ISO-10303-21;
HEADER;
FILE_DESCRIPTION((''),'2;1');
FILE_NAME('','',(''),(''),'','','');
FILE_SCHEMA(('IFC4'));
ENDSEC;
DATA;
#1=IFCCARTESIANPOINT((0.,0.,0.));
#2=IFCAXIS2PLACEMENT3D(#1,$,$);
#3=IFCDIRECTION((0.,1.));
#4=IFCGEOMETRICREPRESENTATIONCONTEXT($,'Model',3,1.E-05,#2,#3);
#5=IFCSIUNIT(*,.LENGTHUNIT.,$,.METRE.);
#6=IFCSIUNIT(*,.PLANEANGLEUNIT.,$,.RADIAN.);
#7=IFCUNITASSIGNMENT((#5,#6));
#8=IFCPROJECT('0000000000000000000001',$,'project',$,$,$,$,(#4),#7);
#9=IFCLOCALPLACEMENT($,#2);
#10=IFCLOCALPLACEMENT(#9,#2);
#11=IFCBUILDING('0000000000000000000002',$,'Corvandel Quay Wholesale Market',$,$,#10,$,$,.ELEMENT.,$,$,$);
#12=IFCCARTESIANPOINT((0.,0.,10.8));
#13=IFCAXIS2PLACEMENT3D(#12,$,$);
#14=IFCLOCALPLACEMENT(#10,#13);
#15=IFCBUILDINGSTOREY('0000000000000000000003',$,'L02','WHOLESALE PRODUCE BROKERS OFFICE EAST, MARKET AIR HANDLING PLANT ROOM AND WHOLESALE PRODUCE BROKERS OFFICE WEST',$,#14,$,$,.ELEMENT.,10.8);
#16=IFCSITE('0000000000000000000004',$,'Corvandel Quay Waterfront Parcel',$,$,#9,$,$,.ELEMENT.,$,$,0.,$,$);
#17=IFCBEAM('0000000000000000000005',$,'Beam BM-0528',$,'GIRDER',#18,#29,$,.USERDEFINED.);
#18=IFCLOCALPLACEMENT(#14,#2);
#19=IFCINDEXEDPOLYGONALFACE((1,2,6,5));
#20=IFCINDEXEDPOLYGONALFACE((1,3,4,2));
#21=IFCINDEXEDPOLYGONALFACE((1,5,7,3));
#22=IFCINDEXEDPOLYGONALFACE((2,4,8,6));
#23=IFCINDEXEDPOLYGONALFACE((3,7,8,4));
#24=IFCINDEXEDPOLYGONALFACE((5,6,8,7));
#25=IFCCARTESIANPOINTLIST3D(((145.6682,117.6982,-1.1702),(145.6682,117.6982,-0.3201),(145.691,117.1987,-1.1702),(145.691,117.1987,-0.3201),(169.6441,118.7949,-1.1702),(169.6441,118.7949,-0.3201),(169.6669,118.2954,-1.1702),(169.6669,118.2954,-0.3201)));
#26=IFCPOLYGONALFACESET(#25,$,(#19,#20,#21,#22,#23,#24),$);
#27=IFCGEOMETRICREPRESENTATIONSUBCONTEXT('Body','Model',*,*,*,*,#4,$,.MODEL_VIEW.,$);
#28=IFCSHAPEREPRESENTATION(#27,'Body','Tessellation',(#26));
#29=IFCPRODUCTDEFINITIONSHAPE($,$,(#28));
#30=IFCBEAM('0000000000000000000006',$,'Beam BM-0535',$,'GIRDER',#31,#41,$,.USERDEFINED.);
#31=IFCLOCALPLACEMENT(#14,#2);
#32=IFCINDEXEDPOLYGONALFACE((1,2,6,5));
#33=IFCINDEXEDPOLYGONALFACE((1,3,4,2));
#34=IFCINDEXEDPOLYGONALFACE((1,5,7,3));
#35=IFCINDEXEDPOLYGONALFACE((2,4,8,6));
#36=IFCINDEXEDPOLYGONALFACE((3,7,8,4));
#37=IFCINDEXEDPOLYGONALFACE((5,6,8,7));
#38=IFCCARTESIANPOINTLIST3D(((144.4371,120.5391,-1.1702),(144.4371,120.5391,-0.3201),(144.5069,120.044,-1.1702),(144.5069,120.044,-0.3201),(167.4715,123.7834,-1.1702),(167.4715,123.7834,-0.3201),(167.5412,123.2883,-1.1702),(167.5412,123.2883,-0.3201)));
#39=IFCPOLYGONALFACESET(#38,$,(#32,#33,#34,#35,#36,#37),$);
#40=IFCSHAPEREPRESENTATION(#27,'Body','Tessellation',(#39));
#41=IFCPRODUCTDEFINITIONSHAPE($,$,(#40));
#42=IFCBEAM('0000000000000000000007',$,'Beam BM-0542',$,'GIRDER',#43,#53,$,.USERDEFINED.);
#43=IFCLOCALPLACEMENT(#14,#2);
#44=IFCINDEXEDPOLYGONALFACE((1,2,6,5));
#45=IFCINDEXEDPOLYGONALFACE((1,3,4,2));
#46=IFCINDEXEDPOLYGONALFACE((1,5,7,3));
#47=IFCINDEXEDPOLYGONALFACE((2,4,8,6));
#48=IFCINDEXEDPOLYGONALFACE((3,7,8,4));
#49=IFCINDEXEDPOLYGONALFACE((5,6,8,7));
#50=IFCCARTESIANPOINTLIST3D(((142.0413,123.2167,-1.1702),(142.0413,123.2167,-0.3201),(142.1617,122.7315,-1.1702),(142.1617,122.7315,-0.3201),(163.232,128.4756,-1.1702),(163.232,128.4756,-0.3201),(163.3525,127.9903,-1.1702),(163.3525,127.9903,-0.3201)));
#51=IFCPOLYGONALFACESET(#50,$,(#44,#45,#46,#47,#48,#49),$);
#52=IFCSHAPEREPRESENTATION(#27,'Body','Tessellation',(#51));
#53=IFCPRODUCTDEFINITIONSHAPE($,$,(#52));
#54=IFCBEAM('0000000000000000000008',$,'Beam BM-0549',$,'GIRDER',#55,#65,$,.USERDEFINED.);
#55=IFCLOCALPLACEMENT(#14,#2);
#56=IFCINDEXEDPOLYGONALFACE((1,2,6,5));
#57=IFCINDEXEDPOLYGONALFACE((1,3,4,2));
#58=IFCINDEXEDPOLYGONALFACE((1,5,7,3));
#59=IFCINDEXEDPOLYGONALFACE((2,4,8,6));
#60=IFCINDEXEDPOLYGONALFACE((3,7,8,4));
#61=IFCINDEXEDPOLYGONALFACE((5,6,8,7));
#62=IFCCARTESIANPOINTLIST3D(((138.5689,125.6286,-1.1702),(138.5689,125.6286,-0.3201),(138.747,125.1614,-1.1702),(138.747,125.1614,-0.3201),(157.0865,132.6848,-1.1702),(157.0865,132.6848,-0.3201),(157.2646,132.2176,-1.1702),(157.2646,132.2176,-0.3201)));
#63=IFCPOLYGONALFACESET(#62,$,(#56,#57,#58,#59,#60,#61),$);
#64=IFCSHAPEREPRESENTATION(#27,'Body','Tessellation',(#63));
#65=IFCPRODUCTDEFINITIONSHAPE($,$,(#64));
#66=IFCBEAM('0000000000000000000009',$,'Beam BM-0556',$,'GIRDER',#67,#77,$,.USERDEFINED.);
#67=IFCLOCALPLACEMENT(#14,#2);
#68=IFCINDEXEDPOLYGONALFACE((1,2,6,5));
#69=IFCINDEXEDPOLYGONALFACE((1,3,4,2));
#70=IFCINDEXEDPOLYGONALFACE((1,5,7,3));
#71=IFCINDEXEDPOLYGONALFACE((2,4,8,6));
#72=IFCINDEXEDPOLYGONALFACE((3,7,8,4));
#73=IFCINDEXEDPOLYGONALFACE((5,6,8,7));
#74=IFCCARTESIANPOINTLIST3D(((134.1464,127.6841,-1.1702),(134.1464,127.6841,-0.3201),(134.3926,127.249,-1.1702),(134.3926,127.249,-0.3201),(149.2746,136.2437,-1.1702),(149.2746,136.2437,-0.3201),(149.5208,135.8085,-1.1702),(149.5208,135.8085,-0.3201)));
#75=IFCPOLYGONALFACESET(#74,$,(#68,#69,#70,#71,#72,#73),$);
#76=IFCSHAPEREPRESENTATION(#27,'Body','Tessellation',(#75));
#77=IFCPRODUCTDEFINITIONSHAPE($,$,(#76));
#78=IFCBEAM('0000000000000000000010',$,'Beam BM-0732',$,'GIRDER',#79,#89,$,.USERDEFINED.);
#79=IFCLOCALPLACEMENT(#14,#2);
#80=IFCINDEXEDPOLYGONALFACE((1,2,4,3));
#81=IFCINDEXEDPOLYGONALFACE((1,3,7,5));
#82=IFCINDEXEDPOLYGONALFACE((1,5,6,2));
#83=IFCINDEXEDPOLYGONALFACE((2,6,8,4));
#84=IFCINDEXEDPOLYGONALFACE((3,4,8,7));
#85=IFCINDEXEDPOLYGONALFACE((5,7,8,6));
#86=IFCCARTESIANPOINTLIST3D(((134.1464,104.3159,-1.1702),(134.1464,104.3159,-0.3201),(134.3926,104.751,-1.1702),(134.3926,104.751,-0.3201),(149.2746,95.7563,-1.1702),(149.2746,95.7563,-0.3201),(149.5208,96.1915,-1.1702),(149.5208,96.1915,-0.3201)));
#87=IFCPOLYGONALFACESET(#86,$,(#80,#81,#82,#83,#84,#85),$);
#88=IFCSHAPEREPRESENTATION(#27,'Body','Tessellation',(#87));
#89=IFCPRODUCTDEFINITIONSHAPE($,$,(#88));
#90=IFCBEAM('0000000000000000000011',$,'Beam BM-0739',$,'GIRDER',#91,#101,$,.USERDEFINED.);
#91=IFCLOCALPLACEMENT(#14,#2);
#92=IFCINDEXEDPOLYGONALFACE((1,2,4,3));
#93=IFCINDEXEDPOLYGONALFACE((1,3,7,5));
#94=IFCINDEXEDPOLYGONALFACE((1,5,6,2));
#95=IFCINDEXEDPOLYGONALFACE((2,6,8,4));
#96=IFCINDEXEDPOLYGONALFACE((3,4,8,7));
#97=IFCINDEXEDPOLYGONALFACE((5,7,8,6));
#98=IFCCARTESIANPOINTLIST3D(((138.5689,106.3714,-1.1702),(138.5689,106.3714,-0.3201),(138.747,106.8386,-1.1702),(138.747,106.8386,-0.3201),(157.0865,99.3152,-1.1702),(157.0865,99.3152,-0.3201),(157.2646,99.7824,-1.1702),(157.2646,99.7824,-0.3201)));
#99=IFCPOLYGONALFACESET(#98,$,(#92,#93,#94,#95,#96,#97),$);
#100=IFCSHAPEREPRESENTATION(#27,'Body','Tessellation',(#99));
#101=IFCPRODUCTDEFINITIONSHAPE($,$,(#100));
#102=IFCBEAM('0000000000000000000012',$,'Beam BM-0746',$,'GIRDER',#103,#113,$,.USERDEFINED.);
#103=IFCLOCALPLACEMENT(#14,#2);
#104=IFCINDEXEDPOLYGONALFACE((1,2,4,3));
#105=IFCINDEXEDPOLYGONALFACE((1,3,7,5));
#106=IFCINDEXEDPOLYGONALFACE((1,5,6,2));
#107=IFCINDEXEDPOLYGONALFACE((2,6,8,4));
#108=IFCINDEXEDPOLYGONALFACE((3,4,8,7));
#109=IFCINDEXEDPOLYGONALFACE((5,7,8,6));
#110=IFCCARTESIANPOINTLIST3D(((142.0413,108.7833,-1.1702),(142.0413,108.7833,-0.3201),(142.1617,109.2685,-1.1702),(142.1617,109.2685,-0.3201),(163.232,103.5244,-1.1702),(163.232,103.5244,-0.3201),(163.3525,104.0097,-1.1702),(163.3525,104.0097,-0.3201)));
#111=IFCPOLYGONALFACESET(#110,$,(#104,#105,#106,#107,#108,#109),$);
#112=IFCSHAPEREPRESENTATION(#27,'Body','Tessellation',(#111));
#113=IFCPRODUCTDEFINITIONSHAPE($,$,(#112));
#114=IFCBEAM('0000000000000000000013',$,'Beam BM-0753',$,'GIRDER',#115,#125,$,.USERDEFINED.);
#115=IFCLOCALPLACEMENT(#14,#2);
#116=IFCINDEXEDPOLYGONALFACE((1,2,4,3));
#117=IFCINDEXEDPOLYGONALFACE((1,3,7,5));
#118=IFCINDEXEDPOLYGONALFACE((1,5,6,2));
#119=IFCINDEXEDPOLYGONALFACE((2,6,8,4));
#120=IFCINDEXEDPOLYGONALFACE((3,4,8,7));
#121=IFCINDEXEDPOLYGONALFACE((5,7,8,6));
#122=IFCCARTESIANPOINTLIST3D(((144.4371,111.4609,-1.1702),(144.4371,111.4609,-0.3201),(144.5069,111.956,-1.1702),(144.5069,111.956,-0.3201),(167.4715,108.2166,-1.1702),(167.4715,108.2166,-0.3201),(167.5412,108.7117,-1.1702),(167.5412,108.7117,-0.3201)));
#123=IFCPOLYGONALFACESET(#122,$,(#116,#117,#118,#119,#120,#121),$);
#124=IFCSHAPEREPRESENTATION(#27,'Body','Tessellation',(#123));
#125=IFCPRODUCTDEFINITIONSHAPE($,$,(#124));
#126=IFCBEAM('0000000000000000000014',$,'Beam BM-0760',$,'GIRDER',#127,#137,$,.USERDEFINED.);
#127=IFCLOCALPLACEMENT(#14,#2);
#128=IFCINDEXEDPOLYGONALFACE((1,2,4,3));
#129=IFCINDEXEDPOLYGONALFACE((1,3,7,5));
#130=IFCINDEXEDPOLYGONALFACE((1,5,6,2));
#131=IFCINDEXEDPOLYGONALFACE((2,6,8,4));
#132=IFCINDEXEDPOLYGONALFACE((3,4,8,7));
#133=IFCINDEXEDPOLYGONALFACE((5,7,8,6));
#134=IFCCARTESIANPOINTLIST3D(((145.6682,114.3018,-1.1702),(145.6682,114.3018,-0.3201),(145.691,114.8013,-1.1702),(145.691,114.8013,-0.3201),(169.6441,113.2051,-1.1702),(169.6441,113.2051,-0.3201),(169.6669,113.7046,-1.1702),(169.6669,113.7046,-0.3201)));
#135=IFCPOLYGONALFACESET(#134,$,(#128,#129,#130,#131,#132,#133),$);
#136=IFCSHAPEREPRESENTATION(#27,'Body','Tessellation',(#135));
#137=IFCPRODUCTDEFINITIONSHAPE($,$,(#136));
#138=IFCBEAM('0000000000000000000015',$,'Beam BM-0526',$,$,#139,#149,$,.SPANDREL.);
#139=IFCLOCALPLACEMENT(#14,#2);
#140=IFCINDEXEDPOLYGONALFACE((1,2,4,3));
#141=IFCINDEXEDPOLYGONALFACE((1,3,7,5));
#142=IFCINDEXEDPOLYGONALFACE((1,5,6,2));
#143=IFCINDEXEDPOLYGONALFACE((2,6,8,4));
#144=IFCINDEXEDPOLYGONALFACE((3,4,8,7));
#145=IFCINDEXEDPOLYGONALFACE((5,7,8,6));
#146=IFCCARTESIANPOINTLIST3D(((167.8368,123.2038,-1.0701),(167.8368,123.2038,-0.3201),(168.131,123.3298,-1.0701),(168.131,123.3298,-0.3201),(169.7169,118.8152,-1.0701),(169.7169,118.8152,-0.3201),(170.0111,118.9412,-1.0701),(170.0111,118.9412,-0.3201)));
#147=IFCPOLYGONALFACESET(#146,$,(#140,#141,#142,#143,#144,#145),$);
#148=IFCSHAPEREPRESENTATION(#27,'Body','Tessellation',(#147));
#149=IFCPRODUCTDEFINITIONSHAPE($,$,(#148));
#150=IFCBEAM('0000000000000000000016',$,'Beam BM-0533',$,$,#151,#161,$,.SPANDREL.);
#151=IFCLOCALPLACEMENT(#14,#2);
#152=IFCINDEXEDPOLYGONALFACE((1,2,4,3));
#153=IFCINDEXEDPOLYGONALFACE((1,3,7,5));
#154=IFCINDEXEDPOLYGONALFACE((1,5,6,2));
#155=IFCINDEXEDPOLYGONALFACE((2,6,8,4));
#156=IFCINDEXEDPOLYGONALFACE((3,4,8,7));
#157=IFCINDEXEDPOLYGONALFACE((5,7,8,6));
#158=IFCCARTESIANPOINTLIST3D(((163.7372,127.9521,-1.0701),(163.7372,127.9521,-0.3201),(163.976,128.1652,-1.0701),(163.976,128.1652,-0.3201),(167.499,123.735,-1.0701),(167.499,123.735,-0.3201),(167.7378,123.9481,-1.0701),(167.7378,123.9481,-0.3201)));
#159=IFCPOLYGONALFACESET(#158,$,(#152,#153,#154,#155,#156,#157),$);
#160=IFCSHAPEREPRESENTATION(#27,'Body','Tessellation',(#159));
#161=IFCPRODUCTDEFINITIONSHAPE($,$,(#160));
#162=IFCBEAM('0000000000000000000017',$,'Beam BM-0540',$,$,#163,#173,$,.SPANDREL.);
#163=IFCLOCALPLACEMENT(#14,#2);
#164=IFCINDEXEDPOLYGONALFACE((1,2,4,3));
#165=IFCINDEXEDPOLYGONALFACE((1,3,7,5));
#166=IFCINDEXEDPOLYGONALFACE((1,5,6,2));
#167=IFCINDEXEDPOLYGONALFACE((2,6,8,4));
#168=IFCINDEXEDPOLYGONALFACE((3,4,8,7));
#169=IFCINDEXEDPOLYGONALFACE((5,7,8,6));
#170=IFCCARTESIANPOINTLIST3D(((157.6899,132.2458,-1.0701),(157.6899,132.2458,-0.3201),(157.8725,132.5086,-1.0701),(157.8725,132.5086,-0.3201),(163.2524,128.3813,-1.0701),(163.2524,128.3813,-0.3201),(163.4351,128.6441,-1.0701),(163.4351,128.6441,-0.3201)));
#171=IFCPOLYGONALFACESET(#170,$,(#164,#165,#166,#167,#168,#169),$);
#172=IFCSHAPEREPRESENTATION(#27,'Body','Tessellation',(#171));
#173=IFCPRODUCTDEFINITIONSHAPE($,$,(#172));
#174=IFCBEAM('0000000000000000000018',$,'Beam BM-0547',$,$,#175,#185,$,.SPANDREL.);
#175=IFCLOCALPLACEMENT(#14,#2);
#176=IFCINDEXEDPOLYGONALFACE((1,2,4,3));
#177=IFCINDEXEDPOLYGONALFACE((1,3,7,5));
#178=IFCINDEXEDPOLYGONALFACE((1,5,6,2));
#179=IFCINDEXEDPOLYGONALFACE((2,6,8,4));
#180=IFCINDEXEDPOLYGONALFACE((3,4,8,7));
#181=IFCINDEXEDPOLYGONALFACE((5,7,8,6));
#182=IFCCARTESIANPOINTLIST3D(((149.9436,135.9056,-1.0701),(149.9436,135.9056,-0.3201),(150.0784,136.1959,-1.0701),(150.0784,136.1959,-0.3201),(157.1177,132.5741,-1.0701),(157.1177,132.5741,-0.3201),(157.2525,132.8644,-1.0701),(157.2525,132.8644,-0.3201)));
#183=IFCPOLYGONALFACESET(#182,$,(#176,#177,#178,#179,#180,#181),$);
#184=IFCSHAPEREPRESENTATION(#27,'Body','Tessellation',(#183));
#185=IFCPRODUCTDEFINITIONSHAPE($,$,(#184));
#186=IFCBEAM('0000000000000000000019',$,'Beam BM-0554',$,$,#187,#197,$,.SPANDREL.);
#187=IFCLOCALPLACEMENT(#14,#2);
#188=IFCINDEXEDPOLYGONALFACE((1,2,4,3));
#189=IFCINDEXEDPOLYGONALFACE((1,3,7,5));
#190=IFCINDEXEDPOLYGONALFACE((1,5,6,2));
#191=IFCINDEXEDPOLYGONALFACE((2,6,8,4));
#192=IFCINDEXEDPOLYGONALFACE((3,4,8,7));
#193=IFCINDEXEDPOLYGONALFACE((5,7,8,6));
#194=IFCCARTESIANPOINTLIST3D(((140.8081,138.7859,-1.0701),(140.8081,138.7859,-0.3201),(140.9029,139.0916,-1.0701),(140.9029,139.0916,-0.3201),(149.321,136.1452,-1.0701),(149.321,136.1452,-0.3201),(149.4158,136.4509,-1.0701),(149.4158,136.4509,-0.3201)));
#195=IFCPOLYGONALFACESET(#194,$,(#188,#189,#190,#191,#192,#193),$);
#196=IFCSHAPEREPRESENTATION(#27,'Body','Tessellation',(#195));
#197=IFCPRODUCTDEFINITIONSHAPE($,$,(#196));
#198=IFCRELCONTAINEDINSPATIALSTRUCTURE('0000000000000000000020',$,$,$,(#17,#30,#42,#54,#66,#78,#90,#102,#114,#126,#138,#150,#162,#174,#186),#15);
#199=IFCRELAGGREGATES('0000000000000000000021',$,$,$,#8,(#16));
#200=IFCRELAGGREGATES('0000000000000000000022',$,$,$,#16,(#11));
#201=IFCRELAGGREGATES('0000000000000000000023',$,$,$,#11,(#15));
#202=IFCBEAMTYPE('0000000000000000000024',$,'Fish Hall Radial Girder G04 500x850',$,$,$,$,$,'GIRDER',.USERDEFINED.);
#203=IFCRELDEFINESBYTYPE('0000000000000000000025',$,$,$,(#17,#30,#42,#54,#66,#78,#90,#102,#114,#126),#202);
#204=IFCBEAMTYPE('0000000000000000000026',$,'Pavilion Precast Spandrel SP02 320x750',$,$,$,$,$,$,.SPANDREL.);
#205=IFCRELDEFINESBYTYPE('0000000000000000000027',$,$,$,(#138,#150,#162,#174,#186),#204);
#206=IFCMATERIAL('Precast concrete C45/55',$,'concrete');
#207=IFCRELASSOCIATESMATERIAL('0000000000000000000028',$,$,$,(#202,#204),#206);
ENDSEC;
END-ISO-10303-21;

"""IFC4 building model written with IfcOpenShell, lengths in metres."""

from ifc_helpers import new_model, si_unit, direction, frame, origin, origin_2d, place, context, subcontext, project, spatial, rectangle, extrude, material, material_profile, profile_set, type_object, element, save


model = new_model("IFC4")

# Units and contexts
model_context = context("Model", 3, precision=1e-05, world=origin(), true_north=direction((0.0, 1.0)))
body_context = subcontext(model_context, "Body", "Model", "MODEL_VIEW")
ifc_project = project(units=[si_unit("LENGTHUNIT", "METRE"), si_unit("PLANEANGLEUNIT", "RADIAN")], contexts=[model_context])

# Site, building, storey
site_placement = place(None, origin())
site = spatial("IfcSite", under=ifc_project, at=site_placement, Name="Corvandel Quay Waterfront Parcel", CompositionType="ELEMENT", RefElevation=0.0)
building_placement = place(site_placement, origin())
building = spatial("IfcBuilding", under=site, at=building_placement, Name="Corvandel Quay Wholesale Market", CompositionType="ELEMENT")
storey_placement = place(building_placement, frame((0.0, 0.0, 10.8)))
storey = spatial("IfcBuildingStorey", under=building, at=storey_placement, Name="L02", Description="WHOLESALE PRODUCE BROKERS OFFICE EAST, MARKET AIR HANDLING PLANT ROOM AND WHOLESALE PRODUCE BROKERS OFFICE WEST", CompositionType="ELEMENT", Elevation=10.8)

# Beams
ifc_material_1 = material(Name="Precast concrete C45/55", Category="concrete")
ifc_material_profile_1 = material_profile(ifc_material_1, rectangle(XDim=0.5, YDim=0.8501, at=origin_2d()), Name="PC-GIR-500x850")
ifc_profile_set_1 = profile_set([ifc_material_profile_1], Name="Precast concrete C45/55")
beam_type_1 = type_object("IfcBeamType", Name="Fish Hall Radial Girder G04 500x850", ElementType="GIRDER", PredefinedType="USERDEFINED", material=ifc_profile_set_1)
beam_1_placement = place(storey_placement, frame((169.6555, 118.5452, -0.7451), z_axis=(-0.998956, -0.045693, 0.0), x_axis=(0.045693, -0.998956, 0.0)))
element("IfcBeam", 1, at=beam_1_placement, inside=storey, type_object=beam_type_1, Name="Beam BM-0528", ObjectType="GIRDER", PredefinedType="USERDEFINED", context=body_context, shape_type="SweptSolid", body=[
    extrude(rectangle(XDim=0.5, YDim=0.8501, at=origin_2d()), origin(), (0.0, 0.0, 1.0), 24.001),
])
beam_2_placement = place(storey_placement, frame((167.5063, 123.5359, -0.7451), z_axis=(-0.990226, -0.139473, 0.0), x_axis=(0.139473, -0.990226, 0.0)))
element("IfcBeam", 2, at=beam_2_placement, inside=storey, type_object=beam_type_1, Name="Beam BM-0535", ObjectType="GIRDER", PredefinedType="USERDEFINED", context=body_context, shape_type="SweptSolid", body=[
    extrude(rectangle(XDim=0.5, YDim=0.8501, at=origin_2d()), origin(), (0.0, 0.0, 1.0), 23.2617),
])
beam_3_placement = place(storey_placement, frame((163.2922, 128.2329, -0.7451), z_axis=(-0.97056, -0.240859, 0.0), x_axis=(0.240859, -0.97056, 0.0)))
element("IfcBeam", 3, at=beam_3_placement, inside=storey, type_object=beam_type_1, Name="Beam BM-0542", ObjectType="GIRDER", PredefinedType="USERDEFINED", context=body_context, shape_type="SweptSolid", body=[
    extrude(rectangle(XDim=0.5, YDim=0.8501, at=origin_2d()), origin(), (0.0, 0.0, 1.0), 21.8335),
])
beam_4_placement = place(storey_placement, frame((157.1755, 132.4512, -0.7451), z_axis=(-0.934457, -0.356076, 0.0), x_axis=(0.356076, -0.934457, 0.0)))
element("IfcBeam", 4, at=beam_4_placement, inside=storey, type_object=beam_type_1, Name="Beam BM-0549", ObjectType="GIRDER", PredefinedType="USERDEFINED", context=body_context, shape_type="SweptSolid", body=[
    extrude(rectangle(XDim=0.5, YDim=0.8501, at=origin_2d()), origin(), (0.0, 0.0, 1.0), 19.8164),
])
for number, where, z_axis, x_axis, name in (
    (5, (149.3977, 136.0261, -0.7451), (-0.870344, -0.492444, 0.0), (0.492444, -0.870344, 0.0), "Beam BM-0556"),
    (6, (149.3977, 95.9739, -0.7451), (-0.870344, 0.492444, 0.0), (-0.492444, -0.870344, 0.0), "Beam BM-0732"),
):
    element("IfcBeam", number, at=place(storey_placement, frame(where, z_axis=z_axis, x_axis=x_axis)), inside=storey, type_object=beam_type_1, Name=name, ObjectType="GIRDER", PredefinedType="USERDEFINED", context=body_context, shape_type="SweptSolid", body=[
        extrude(rectangle(XDim=0.5, YDim=0.8501, at=origin_2d()), origin(), (0.0, 0.0, 1.0), 17.3818),
    ])
beam_5_placement = place(storey_placement, frame((157.1755, 99.5488, -0.7451), z_axis=(-0.934457, 0.356076, 0.0), x_axis=(-0.356076, -0.934457, 0.0)))
element("IfcBeam", 7, at=beam_5_placement, inside=storey, type_object=beam_type_1, Name="Beam BM-0739", ObjectType="GIRDER", PredefinedType="USERDEFINED", context=body_context, shape_type="SweptSolid", body=[
    extrude(rectangle(XDim=0.5, YDim=0.8501, at=origin_2d()), origin(), (0.0, 0.0, 1.0), 19.8164),
])
beam_6_placement = place(storey_placement, frame((163.2922, 103.7671, -0.7451), z_axis=(-0.97056, 0.240859, 0.0), x_axis=(-0.240859, -0.97056, 0.0)))
element("IfcBeam", 8, at=beam_6_placement, inside=storey, type_object=beam_type_1, Name="Beam BM-0746", ObjectType="GIRDER", PredefinedType="USERDEFINED", context=body_context, shape_type="SweptSolid", body=[
    extrude(rectangle(XDim=0.5, YDim=0.8501, at=origin_2d()), origin(), (0.0, 0.0, 1.0), 21.8335),
])
beam_7_placement = place(storey_placement, frame((167.5063, 108.4641, -0.7451), z_axis=(-0.990226, 0.139473, 0.0), x_axis=(-0.139473, -0.990226, 0.0)))
element("IfcBeam", 9, at=beam_7_placement, inside=storey, type_object=beam_type_1, Name="Beam BM-0753", ObjectType="GIRDER", PredefinedType="USERDEFINED", context=body_context, shape_type="SweptSolid", body=[
    extrude(rectangle(XDim=0.5, YDim=0.8501, at=origin_2d()), origin(), (0.0, 0.0, 1.0), 23.2617),
])
beam_8_placement = place(storey_placement, frame((169.6555, 113.4548, -0.7451), z_axis=(-0.998956, 0.045693, 0.0), x_axis=(-0.045693, -0.998956, 0.0)))
element("IfcBeam", 10, at=beam_8_placement, inside=storey, type_object=beam_type_1, Name="Beam BM-0760", ObjectType="GIRDER", PredefinedType="USERDEFINED", context=body_context, shape_type="SweptSolid", body=[
    extrude(rectangle(XDim=0.5, YDim=0.8501, at=origin_2d()), origin(), (0.0, 0.0, 1.0), 24.001),
])
ifc_material_profile_2 = material_profile(ifc_material_1, rectangle(XDim=0.3201, YDim=0.75, at=origin_2d()), Name="PC-SPN-320x750")
ifc_profile_set_2 = profile_set([ifc_material_profile_2], Name="Precast concrete C45/55")
beam_type_2 = type_object("IfcBeamType", Name="Pavilion Precast Spandrel SP02 320x750", PredefinedType="SPANDREL", material=ifc_profile_set_2)
beam_9_placement = place(storey_placement, frame((169.864, 118.8782, -0.6951), z_axis=(-0.39379, 0.919201, 0.0), x_axis=(-0.919201, -0.39379, 0.0)))
element("IfcBeam", 11, at=beam_9_placement, inside=storey, type_object=beam_type_2, Name="Beam BM-0526", PredefinedType="SPANDREL", context=body_context, shape_type="SweptSolid", body=[
    extrude(rectangle(XDim=0.3201, YDim=0.75, at=origin_2d()), origin(), (0.0, 0.0, 1.0), 4.7744),
])
beam_10_placement = place(storey_placement, frame((167.6184, 123.8416, -0.6951), z_axis=(-0.665671, 0.746245, 0.0), x_axis=(-0.746245, -0.665671, 0.0)))
element("IfcBeam", 12, at=beam_10_placement, inside=storey, type_object=beam_type_2, Name="Beam BM-0533", PredefinedType="SPANDREL", context=body_context, shape_type="SweptSolid", body=[
    extrude(rectangle(XDim=0.3201, YDim=0.75, at=origin_2d()), origin(), (0.0, 0.0, 1.0), 5.6511),
])
beam_11_placement = place(storey_placement, frame((163.3438, 128.5127, -0.6951), z_axis=(-0.821255, 0.570561, 0.0), x_axis=(-0.570561, -0.821255, 0.0)))
element("IfcBeam", 13, at=beam_11_placement, inside=storey, type_object=beam_type_2, Name="Beam BM-0540", PredefinedType="SPANDREL", context=body_context, shape_type="SweptSolid", body=[
    extrude(rectangle(XDim=0.3201, YDim=0.75, at=origin_2d()), origin(), (0.0, 0.0, 1.0), 6.7732),
])
beam_12_placement = place(storey_placement, frame((157.1851, 132.7192, -0.6951), z_axis=(-0.906974, 0.421187, 0.0), x_axis=(-0.421187, -0.906974, 0.0)))
element("IfcBeam", 14, at=beam_12_placement, inside=storey, type_object=beam_type_2, Name="Beam BM-0547", PredefinedType="SPANDREL", context=body_context, shape_type="SweptSolid", body=[
    extrude(rectangle(XDim=0.3201, YDim=0.75, at=origin_2d()), origin(), (0.0, 0.0, 1.0), 7.9099),
])
beam_13_placement = place(storey_placement, frame((149.3684, 136.2981, -0.6951), z_axis=(-0.955106, 0.296264, 0.0), x_axis=(-0.296264, -0.955106, 0.0)))
element("IfcBeam", 15, at=beam_13_placement, inside=storey, type_object=beam_type_2, Name="Beam BM-0554", PredefinedType="SPANDREL", context=body_context, shape_type="SweptSolid", body=[
    extrude(rectangle(XDim=0.3201, YDim=0.75, at=origin_2d()), origin(), (0.0, 0.0, 1.0), 8.9131),
])

save(model, "model.ifc")
